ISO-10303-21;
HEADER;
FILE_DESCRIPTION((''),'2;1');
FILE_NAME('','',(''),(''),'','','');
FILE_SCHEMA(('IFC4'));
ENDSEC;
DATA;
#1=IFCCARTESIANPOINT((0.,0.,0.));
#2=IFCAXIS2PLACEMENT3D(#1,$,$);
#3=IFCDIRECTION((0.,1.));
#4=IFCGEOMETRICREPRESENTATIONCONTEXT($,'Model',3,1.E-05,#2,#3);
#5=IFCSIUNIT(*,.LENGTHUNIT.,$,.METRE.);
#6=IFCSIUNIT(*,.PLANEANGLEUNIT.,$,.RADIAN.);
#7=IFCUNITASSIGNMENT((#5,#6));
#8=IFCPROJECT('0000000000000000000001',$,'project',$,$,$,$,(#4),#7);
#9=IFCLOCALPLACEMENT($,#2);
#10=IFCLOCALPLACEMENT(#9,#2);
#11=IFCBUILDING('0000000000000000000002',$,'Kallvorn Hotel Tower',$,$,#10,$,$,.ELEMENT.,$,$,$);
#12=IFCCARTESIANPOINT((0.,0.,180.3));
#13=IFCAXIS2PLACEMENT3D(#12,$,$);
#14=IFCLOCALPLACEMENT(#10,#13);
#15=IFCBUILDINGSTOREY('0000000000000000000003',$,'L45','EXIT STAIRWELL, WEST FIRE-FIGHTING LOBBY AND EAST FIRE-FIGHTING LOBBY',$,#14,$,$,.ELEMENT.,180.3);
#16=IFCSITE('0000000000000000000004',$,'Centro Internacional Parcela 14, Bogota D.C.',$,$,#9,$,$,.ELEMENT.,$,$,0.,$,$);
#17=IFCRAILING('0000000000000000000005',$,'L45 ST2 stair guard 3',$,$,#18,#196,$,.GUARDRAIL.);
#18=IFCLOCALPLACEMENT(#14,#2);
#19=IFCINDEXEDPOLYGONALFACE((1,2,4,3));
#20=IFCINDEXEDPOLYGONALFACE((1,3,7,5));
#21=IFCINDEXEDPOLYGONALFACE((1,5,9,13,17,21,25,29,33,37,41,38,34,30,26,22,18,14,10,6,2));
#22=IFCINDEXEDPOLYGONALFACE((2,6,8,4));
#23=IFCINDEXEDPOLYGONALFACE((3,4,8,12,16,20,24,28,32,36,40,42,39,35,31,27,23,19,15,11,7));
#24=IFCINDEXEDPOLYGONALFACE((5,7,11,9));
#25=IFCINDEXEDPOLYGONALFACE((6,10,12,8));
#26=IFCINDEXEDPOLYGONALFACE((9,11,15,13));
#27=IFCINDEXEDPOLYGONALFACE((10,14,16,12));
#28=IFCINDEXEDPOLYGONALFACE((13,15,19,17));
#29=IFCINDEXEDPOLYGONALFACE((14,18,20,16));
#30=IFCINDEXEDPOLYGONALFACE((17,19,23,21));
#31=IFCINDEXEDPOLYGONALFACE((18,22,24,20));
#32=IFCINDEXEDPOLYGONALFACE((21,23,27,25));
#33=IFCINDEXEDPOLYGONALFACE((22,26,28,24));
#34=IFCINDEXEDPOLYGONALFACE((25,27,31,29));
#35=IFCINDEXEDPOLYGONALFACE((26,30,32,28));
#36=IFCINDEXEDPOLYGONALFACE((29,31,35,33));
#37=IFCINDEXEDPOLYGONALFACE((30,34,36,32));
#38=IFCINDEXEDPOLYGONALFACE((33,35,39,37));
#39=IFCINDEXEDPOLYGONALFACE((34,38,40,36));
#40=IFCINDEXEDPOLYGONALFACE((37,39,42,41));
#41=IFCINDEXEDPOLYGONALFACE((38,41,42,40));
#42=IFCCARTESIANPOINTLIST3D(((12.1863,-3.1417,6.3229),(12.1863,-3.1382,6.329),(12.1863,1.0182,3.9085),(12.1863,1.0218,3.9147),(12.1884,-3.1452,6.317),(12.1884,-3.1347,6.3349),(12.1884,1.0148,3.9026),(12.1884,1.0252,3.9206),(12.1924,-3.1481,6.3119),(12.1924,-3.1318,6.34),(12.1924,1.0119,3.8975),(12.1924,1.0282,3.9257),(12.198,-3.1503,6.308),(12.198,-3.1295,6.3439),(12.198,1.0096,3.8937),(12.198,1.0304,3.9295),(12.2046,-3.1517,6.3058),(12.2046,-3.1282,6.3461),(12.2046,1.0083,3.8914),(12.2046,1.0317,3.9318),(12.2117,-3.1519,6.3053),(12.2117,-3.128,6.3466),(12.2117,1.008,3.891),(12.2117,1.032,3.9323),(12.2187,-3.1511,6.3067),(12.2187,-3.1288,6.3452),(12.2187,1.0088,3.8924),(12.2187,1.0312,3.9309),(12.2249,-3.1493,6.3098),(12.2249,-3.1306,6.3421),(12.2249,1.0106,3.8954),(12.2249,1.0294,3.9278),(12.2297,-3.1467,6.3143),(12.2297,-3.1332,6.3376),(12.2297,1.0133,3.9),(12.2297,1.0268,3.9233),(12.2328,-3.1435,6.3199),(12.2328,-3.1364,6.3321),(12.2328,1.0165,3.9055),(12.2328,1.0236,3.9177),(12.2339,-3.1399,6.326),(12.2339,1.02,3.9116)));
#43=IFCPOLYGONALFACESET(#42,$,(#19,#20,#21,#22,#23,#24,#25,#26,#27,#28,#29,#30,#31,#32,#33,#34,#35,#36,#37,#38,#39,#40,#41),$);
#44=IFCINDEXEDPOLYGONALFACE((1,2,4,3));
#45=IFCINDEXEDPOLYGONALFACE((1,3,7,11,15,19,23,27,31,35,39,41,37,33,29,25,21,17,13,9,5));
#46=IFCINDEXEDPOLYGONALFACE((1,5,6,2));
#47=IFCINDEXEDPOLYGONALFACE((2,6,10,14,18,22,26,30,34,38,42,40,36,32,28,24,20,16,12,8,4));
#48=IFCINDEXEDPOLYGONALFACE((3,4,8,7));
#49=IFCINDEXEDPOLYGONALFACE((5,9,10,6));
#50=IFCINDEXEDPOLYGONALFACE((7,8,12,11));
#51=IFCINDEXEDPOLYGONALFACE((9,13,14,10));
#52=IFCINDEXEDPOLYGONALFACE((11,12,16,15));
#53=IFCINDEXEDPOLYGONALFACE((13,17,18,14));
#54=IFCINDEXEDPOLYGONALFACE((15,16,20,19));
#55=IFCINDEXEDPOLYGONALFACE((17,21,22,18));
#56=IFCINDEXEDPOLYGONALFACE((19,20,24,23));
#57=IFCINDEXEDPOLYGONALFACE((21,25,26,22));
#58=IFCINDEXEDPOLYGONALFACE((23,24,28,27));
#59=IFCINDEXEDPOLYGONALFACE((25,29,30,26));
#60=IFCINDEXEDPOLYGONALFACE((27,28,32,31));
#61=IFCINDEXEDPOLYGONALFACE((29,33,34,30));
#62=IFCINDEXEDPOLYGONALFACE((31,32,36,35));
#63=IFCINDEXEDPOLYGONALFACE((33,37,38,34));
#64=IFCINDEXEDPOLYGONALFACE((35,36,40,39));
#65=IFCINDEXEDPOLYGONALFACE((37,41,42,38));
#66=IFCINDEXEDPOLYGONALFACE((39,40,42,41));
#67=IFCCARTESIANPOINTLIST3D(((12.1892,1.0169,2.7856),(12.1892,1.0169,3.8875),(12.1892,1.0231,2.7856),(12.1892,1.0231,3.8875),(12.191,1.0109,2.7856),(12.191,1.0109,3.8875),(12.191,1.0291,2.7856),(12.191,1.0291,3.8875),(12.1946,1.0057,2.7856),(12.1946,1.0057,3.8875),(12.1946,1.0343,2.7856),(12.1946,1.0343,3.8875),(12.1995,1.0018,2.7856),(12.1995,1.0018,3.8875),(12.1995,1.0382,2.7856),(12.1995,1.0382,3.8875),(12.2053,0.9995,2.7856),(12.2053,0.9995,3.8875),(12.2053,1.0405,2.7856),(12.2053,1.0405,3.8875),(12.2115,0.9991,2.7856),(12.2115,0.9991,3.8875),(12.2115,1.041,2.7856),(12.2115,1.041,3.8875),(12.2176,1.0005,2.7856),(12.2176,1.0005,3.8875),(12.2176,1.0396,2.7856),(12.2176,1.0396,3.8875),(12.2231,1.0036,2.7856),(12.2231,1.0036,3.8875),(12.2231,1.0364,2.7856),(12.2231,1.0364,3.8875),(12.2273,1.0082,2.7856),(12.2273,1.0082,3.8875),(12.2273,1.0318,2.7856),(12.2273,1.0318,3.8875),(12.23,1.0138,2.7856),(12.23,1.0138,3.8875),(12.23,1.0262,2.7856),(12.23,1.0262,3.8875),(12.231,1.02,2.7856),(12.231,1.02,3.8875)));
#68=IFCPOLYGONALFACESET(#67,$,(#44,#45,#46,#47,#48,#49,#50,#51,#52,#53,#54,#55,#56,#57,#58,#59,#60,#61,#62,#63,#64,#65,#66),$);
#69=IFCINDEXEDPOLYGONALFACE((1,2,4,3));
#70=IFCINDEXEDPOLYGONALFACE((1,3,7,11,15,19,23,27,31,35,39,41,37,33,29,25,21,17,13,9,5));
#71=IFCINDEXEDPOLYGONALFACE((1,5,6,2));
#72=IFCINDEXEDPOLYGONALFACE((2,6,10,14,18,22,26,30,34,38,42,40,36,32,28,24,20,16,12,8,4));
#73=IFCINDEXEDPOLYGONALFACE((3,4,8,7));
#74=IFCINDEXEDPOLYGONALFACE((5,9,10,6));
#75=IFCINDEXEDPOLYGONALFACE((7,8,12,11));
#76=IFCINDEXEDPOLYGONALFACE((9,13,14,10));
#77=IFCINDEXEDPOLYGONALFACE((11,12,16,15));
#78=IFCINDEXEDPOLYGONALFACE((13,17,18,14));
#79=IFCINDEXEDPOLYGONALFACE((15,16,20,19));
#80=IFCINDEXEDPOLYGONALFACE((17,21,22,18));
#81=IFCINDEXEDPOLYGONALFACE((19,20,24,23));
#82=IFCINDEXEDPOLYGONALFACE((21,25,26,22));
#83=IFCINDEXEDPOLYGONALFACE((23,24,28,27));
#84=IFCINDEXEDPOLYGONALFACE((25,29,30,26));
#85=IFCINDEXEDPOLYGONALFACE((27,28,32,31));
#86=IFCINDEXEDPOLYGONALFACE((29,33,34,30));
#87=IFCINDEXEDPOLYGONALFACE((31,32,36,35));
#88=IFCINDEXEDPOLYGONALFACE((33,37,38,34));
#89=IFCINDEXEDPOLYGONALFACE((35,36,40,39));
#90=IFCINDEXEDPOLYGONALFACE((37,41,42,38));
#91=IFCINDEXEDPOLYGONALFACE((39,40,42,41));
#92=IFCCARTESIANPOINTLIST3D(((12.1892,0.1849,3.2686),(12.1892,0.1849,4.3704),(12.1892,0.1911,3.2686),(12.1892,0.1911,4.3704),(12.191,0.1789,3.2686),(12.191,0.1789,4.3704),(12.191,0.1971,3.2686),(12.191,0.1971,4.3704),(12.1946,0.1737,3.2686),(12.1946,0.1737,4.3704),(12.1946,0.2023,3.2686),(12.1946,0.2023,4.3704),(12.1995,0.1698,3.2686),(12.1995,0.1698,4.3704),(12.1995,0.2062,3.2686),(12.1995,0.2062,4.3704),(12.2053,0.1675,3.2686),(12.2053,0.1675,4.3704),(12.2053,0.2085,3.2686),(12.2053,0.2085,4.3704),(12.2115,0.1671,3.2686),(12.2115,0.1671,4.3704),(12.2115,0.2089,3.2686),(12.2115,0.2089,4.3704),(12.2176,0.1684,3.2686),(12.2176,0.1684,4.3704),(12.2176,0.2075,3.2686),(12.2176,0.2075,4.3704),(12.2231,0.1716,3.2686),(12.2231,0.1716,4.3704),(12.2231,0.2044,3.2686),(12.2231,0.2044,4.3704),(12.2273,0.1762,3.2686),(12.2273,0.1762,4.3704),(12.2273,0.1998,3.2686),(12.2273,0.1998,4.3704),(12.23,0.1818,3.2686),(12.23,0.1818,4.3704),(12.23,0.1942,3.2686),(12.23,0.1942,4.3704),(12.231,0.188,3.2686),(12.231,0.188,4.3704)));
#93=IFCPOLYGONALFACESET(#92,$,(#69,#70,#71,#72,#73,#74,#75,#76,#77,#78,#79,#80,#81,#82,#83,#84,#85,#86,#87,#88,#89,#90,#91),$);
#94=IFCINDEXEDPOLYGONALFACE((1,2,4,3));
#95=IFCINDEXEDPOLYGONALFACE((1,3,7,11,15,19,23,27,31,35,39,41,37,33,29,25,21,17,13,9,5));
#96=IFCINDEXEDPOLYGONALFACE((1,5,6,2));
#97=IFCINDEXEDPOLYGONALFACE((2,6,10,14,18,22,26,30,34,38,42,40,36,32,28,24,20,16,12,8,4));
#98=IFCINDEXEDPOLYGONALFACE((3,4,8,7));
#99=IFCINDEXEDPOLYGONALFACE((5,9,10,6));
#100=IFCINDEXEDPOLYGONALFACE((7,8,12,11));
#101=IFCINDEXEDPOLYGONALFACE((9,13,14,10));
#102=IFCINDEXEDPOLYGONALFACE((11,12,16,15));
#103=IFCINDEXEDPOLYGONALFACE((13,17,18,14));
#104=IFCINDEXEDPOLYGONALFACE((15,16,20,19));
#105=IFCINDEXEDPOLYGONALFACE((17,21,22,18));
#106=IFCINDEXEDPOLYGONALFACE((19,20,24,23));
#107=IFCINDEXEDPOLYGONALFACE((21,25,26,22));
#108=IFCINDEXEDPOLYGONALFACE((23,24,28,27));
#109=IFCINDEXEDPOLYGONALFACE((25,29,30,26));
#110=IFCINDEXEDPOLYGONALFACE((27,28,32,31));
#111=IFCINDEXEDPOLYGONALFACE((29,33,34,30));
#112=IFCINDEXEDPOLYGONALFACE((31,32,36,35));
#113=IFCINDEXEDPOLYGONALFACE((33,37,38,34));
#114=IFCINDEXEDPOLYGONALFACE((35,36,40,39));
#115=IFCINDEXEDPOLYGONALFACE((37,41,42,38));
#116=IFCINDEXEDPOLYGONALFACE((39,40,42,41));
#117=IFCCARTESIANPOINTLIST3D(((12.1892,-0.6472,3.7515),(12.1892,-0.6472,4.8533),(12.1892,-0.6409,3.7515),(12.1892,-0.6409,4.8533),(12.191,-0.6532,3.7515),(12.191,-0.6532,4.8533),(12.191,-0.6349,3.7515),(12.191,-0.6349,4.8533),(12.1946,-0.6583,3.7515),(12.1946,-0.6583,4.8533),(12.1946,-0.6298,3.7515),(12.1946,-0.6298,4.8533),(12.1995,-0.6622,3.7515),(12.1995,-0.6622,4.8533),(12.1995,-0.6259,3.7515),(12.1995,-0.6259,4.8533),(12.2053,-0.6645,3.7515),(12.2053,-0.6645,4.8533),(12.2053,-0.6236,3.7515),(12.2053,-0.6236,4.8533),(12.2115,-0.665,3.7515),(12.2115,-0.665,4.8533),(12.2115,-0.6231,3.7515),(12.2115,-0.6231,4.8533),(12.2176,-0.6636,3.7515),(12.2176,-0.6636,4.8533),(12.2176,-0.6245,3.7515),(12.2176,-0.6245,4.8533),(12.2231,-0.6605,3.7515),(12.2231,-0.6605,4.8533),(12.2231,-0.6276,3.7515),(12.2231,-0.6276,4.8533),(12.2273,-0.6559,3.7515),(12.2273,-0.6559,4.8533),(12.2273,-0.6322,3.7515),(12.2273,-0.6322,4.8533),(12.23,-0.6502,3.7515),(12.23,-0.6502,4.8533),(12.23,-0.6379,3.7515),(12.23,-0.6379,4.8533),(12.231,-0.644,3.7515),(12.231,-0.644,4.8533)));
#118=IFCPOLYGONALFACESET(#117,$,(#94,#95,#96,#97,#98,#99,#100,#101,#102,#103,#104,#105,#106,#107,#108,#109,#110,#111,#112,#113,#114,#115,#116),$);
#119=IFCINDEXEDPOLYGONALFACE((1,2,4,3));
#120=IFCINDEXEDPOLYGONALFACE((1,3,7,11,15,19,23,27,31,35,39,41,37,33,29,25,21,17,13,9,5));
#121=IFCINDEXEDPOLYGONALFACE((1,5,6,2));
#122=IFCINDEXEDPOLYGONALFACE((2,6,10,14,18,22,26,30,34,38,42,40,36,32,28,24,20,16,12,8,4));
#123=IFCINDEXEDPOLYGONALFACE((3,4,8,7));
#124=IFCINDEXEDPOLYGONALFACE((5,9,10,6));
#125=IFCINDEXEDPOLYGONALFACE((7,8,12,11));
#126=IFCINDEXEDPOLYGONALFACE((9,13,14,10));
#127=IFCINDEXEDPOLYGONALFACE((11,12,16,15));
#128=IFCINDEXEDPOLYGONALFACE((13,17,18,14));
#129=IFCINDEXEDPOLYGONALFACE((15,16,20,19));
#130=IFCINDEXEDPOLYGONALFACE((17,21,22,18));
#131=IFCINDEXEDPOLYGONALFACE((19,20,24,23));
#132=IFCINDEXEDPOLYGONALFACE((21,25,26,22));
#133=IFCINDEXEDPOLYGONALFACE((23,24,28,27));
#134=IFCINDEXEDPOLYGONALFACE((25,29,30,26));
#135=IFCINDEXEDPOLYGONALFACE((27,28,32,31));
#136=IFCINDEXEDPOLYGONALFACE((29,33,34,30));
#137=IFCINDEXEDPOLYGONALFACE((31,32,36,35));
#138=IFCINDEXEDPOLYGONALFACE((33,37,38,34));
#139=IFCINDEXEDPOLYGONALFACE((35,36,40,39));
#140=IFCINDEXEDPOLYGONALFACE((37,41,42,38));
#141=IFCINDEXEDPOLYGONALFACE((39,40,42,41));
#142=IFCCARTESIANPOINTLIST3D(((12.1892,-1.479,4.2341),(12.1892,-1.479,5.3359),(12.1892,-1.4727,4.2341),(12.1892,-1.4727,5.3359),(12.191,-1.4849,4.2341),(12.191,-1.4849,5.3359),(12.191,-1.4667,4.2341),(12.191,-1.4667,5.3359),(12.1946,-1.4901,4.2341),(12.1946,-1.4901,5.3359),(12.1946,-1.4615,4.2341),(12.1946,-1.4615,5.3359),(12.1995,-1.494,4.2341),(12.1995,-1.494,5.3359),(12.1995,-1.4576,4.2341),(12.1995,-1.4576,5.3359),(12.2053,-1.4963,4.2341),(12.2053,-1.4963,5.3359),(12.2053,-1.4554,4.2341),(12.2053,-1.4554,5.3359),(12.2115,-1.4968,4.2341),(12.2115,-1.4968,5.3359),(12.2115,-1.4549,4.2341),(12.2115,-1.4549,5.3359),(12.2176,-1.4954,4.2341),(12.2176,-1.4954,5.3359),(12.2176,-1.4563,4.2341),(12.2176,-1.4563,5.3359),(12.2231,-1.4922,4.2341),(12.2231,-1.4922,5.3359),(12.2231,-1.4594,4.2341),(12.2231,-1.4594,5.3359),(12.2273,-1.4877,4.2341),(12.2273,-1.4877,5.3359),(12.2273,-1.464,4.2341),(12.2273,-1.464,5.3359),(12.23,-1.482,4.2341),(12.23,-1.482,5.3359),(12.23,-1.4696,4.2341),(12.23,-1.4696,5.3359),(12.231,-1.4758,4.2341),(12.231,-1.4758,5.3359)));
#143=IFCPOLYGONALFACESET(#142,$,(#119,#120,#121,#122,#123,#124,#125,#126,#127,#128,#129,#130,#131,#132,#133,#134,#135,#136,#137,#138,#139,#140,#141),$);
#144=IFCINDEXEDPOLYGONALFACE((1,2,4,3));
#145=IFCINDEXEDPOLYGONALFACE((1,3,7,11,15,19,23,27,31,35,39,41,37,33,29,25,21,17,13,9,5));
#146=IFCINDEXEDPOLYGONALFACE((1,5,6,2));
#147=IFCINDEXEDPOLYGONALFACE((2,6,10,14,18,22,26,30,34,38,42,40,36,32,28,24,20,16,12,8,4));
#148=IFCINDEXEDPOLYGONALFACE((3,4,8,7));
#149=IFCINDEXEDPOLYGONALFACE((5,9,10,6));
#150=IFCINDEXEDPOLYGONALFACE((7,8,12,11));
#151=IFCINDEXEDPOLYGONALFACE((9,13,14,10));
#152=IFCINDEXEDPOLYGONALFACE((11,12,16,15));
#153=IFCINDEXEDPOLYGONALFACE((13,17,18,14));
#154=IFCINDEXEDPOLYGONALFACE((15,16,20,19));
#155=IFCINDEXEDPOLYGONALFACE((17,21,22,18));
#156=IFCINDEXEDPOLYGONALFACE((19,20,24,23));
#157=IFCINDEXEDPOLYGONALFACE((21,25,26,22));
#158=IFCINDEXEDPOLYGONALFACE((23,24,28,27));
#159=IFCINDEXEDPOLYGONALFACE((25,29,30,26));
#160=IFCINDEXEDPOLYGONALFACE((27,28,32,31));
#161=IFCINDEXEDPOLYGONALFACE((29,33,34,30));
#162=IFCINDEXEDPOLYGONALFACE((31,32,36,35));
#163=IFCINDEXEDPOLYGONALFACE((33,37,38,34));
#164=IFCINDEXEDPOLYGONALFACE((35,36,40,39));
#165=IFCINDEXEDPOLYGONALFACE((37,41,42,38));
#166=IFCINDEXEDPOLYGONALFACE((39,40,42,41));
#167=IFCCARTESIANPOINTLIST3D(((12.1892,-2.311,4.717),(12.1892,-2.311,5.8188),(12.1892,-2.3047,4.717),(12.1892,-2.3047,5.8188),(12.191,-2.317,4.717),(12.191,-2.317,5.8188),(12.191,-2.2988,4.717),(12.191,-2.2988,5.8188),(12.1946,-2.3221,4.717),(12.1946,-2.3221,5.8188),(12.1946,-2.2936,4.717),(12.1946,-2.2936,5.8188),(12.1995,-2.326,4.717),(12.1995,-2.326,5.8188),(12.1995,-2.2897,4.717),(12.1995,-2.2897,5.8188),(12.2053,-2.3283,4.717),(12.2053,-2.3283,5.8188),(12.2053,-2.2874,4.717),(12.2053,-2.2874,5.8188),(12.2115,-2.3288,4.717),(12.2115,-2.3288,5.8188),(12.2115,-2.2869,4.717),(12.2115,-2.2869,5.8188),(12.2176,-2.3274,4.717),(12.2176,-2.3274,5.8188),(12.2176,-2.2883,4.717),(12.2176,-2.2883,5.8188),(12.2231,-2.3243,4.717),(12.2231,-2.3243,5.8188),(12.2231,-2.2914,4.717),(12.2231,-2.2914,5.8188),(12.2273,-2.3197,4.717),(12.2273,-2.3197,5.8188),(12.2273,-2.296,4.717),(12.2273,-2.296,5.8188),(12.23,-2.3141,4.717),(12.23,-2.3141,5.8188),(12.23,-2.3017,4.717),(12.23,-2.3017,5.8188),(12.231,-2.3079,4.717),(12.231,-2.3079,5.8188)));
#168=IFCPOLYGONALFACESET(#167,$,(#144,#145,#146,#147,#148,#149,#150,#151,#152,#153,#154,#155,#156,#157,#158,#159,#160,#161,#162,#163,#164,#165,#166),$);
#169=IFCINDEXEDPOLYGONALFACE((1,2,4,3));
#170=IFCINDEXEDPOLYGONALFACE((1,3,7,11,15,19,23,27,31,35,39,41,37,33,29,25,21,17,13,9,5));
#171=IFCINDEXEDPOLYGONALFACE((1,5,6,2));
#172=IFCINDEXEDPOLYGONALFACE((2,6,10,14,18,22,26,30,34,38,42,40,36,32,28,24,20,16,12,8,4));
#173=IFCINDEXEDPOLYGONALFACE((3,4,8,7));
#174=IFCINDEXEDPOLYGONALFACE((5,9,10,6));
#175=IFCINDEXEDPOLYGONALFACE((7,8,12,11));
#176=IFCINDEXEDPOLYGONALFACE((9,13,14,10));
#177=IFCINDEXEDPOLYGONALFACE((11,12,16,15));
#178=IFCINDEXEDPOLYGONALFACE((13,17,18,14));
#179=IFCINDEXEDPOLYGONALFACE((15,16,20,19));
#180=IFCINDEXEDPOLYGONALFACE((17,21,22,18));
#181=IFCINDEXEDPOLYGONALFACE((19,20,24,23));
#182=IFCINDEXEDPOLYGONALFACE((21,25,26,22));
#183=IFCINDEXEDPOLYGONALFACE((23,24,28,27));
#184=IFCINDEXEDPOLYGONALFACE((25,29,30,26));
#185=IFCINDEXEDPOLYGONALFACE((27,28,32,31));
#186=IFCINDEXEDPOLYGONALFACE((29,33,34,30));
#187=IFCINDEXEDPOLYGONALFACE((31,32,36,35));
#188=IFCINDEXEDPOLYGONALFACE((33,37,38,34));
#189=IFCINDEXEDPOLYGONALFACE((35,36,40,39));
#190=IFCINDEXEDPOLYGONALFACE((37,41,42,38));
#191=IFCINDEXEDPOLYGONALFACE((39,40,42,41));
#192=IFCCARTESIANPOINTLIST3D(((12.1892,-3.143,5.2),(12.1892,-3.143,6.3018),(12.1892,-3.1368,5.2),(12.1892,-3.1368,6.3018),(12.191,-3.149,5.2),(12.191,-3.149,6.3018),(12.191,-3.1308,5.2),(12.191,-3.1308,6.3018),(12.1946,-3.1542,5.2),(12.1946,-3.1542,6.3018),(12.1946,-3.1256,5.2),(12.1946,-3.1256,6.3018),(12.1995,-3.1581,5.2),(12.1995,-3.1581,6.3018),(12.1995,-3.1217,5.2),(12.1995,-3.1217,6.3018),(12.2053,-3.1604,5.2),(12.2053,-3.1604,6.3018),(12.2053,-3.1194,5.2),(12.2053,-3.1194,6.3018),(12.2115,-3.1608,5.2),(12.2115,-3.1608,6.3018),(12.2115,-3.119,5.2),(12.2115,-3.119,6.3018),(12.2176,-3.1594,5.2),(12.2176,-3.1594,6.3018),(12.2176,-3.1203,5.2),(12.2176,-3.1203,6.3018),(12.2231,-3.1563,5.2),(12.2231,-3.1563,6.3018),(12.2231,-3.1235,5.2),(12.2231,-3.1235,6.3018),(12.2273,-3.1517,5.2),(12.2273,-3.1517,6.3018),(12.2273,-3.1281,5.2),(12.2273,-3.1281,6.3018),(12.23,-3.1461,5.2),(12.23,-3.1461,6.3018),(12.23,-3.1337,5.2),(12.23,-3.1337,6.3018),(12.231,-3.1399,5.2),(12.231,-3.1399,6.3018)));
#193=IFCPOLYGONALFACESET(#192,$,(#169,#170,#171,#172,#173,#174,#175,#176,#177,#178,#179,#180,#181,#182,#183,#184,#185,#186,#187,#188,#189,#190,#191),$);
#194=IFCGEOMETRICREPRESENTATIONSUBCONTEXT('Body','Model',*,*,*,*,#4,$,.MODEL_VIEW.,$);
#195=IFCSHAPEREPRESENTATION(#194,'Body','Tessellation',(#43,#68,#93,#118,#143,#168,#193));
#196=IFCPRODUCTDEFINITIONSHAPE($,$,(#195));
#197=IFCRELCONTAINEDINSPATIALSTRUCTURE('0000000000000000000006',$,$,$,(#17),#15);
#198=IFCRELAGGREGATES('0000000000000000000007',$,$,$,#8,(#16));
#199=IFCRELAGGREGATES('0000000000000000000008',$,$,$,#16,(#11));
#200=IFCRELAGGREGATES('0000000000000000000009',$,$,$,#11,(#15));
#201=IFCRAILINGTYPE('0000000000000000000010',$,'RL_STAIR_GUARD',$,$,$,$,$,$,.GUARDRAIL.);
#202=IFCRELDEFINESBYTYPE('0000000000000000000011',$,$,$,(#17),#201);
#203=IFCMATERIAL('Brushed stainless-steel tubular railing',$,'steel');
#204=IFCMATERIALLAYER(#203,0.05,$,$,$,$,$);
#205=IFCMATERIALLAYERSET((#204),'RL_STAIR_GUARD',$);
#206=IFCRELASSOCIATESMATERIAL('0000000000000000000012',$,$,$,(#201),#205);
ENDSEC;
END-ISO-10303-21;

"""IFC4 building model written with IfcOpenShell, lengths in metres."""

from ifc_helpers import new_model, si_unit, direction, frame, origin, origin_2d, place, context, subcontext, project, spatial, circle, extrude, material, layer, layer_set, type_object, element, save


model = new_model("IFC4")

# Units and contexts
model_context = context("Model", 3, precision=1e-05, world=origin(), true_north=direction((0.0, 1.0)))
body_context = subcontext(model_context, "Body", "Model", "MODEL_VIEW")
ifc_project = project(units=[si_unit("LENGTHUNIT", "METRE"), si_unit("PLANEANGLEUNIT", "RADIAN")], contexts=[model_context])

# Site, building, storey
site_placement = place(None, origin())
site = spatial("IfcSite", under=ifc_project, at=site_placement, Name="Centro Internacional Parcela 14, Bogota D.C.", CompositionType="ELEMENT", RefElevation=0.0)
building_placement = place(site_placement, origin())
building = spatial("IfcBuilding", under=site, at=building_placement, Name="Kallvorn Hotel Tower", CompositionType="ELEMENT")
storey_placement = place(building_placement, frame((0.0, 0.0, 180.3)))
storey = spatial("IfcBuildingStorey", under=building, at=storey_placement, Name="L45", Description="EXIT STAIRWELL, WEST FIRE-FIGHTING LOBBY AND EAST FIRE-FIGHTING LOBBY", CompositionType="ELEMENT", Elevation=180.3)

# Railing
ifc_material_1 = material(Name="Brushed stainless-steel tubular railing", Category="steel")
ifc_layer_1 = layer(ifc_material_1, 0.05)
ifc_layer_set_1 = layer_set([ifc_layer_1], Name="RL_STAIR_GUARD")
railing_type = type_object("IfcRailingType", Name="RL_STAIR_GUARD", PredefinedType="GUARDRAIL", material=ifc_layer_set_1)
railing_1_placement = place(storey_placement, frame((12.21, 1.02, 2.7856)))
element("IfcRailing", 1, at=railing_1_placement, inside=storey, type_object=railing_type, Name="L45 ST2 stair guard 3", PredefinedType="GUARDRAIL", context=body_context, shape_type="SweptSolid", body=[
    extrude(circle(Radius=0.0239, at=origin_2d()), frame((0.0, 0.0, 1.126), z_axis=(0.0, -0.864891, 0.50196), x_axis=(1.0, 0.0, 0.0)), (0.0, 0.0, 1.0), 4.8098),
    extrude(circle(Radius=0.021, at=origin_2d()), origin(), (0.0, 0.0, 1.0), 1.1018),
    extrude(circle(Radius=0.021, at=origin_2d()), frame((0.0, -0.832, 0.4829)), (0.0, 0.0, 1.0), 1.1018),
    extrude(circle(Radius=0.021, at=origin_2d()), frame((0.0, -1.6641, 0.9658)), (0.0, 0.0, 1.0), 1.1018),
    extrude(circle(Radius=0.021, at=origin_2d()), frame((0.0, -2.4958, 1.4485)), (0.0, 0.0, 1.0), 1.1018),
    extrude(circle(Radius=0.021, at=origin_2d()), frame((0.0, -3.3279, 1.9314)), (0.0, 0.0, 1.0), 1.1018),
    extrude(circle(Radius=0.021, at=origin_2d()), frame((0.0, -4.1599, 2.4143)), (0.0, 0.0, 1.0), 1.1018),
])

save(model, "model.ifc")
